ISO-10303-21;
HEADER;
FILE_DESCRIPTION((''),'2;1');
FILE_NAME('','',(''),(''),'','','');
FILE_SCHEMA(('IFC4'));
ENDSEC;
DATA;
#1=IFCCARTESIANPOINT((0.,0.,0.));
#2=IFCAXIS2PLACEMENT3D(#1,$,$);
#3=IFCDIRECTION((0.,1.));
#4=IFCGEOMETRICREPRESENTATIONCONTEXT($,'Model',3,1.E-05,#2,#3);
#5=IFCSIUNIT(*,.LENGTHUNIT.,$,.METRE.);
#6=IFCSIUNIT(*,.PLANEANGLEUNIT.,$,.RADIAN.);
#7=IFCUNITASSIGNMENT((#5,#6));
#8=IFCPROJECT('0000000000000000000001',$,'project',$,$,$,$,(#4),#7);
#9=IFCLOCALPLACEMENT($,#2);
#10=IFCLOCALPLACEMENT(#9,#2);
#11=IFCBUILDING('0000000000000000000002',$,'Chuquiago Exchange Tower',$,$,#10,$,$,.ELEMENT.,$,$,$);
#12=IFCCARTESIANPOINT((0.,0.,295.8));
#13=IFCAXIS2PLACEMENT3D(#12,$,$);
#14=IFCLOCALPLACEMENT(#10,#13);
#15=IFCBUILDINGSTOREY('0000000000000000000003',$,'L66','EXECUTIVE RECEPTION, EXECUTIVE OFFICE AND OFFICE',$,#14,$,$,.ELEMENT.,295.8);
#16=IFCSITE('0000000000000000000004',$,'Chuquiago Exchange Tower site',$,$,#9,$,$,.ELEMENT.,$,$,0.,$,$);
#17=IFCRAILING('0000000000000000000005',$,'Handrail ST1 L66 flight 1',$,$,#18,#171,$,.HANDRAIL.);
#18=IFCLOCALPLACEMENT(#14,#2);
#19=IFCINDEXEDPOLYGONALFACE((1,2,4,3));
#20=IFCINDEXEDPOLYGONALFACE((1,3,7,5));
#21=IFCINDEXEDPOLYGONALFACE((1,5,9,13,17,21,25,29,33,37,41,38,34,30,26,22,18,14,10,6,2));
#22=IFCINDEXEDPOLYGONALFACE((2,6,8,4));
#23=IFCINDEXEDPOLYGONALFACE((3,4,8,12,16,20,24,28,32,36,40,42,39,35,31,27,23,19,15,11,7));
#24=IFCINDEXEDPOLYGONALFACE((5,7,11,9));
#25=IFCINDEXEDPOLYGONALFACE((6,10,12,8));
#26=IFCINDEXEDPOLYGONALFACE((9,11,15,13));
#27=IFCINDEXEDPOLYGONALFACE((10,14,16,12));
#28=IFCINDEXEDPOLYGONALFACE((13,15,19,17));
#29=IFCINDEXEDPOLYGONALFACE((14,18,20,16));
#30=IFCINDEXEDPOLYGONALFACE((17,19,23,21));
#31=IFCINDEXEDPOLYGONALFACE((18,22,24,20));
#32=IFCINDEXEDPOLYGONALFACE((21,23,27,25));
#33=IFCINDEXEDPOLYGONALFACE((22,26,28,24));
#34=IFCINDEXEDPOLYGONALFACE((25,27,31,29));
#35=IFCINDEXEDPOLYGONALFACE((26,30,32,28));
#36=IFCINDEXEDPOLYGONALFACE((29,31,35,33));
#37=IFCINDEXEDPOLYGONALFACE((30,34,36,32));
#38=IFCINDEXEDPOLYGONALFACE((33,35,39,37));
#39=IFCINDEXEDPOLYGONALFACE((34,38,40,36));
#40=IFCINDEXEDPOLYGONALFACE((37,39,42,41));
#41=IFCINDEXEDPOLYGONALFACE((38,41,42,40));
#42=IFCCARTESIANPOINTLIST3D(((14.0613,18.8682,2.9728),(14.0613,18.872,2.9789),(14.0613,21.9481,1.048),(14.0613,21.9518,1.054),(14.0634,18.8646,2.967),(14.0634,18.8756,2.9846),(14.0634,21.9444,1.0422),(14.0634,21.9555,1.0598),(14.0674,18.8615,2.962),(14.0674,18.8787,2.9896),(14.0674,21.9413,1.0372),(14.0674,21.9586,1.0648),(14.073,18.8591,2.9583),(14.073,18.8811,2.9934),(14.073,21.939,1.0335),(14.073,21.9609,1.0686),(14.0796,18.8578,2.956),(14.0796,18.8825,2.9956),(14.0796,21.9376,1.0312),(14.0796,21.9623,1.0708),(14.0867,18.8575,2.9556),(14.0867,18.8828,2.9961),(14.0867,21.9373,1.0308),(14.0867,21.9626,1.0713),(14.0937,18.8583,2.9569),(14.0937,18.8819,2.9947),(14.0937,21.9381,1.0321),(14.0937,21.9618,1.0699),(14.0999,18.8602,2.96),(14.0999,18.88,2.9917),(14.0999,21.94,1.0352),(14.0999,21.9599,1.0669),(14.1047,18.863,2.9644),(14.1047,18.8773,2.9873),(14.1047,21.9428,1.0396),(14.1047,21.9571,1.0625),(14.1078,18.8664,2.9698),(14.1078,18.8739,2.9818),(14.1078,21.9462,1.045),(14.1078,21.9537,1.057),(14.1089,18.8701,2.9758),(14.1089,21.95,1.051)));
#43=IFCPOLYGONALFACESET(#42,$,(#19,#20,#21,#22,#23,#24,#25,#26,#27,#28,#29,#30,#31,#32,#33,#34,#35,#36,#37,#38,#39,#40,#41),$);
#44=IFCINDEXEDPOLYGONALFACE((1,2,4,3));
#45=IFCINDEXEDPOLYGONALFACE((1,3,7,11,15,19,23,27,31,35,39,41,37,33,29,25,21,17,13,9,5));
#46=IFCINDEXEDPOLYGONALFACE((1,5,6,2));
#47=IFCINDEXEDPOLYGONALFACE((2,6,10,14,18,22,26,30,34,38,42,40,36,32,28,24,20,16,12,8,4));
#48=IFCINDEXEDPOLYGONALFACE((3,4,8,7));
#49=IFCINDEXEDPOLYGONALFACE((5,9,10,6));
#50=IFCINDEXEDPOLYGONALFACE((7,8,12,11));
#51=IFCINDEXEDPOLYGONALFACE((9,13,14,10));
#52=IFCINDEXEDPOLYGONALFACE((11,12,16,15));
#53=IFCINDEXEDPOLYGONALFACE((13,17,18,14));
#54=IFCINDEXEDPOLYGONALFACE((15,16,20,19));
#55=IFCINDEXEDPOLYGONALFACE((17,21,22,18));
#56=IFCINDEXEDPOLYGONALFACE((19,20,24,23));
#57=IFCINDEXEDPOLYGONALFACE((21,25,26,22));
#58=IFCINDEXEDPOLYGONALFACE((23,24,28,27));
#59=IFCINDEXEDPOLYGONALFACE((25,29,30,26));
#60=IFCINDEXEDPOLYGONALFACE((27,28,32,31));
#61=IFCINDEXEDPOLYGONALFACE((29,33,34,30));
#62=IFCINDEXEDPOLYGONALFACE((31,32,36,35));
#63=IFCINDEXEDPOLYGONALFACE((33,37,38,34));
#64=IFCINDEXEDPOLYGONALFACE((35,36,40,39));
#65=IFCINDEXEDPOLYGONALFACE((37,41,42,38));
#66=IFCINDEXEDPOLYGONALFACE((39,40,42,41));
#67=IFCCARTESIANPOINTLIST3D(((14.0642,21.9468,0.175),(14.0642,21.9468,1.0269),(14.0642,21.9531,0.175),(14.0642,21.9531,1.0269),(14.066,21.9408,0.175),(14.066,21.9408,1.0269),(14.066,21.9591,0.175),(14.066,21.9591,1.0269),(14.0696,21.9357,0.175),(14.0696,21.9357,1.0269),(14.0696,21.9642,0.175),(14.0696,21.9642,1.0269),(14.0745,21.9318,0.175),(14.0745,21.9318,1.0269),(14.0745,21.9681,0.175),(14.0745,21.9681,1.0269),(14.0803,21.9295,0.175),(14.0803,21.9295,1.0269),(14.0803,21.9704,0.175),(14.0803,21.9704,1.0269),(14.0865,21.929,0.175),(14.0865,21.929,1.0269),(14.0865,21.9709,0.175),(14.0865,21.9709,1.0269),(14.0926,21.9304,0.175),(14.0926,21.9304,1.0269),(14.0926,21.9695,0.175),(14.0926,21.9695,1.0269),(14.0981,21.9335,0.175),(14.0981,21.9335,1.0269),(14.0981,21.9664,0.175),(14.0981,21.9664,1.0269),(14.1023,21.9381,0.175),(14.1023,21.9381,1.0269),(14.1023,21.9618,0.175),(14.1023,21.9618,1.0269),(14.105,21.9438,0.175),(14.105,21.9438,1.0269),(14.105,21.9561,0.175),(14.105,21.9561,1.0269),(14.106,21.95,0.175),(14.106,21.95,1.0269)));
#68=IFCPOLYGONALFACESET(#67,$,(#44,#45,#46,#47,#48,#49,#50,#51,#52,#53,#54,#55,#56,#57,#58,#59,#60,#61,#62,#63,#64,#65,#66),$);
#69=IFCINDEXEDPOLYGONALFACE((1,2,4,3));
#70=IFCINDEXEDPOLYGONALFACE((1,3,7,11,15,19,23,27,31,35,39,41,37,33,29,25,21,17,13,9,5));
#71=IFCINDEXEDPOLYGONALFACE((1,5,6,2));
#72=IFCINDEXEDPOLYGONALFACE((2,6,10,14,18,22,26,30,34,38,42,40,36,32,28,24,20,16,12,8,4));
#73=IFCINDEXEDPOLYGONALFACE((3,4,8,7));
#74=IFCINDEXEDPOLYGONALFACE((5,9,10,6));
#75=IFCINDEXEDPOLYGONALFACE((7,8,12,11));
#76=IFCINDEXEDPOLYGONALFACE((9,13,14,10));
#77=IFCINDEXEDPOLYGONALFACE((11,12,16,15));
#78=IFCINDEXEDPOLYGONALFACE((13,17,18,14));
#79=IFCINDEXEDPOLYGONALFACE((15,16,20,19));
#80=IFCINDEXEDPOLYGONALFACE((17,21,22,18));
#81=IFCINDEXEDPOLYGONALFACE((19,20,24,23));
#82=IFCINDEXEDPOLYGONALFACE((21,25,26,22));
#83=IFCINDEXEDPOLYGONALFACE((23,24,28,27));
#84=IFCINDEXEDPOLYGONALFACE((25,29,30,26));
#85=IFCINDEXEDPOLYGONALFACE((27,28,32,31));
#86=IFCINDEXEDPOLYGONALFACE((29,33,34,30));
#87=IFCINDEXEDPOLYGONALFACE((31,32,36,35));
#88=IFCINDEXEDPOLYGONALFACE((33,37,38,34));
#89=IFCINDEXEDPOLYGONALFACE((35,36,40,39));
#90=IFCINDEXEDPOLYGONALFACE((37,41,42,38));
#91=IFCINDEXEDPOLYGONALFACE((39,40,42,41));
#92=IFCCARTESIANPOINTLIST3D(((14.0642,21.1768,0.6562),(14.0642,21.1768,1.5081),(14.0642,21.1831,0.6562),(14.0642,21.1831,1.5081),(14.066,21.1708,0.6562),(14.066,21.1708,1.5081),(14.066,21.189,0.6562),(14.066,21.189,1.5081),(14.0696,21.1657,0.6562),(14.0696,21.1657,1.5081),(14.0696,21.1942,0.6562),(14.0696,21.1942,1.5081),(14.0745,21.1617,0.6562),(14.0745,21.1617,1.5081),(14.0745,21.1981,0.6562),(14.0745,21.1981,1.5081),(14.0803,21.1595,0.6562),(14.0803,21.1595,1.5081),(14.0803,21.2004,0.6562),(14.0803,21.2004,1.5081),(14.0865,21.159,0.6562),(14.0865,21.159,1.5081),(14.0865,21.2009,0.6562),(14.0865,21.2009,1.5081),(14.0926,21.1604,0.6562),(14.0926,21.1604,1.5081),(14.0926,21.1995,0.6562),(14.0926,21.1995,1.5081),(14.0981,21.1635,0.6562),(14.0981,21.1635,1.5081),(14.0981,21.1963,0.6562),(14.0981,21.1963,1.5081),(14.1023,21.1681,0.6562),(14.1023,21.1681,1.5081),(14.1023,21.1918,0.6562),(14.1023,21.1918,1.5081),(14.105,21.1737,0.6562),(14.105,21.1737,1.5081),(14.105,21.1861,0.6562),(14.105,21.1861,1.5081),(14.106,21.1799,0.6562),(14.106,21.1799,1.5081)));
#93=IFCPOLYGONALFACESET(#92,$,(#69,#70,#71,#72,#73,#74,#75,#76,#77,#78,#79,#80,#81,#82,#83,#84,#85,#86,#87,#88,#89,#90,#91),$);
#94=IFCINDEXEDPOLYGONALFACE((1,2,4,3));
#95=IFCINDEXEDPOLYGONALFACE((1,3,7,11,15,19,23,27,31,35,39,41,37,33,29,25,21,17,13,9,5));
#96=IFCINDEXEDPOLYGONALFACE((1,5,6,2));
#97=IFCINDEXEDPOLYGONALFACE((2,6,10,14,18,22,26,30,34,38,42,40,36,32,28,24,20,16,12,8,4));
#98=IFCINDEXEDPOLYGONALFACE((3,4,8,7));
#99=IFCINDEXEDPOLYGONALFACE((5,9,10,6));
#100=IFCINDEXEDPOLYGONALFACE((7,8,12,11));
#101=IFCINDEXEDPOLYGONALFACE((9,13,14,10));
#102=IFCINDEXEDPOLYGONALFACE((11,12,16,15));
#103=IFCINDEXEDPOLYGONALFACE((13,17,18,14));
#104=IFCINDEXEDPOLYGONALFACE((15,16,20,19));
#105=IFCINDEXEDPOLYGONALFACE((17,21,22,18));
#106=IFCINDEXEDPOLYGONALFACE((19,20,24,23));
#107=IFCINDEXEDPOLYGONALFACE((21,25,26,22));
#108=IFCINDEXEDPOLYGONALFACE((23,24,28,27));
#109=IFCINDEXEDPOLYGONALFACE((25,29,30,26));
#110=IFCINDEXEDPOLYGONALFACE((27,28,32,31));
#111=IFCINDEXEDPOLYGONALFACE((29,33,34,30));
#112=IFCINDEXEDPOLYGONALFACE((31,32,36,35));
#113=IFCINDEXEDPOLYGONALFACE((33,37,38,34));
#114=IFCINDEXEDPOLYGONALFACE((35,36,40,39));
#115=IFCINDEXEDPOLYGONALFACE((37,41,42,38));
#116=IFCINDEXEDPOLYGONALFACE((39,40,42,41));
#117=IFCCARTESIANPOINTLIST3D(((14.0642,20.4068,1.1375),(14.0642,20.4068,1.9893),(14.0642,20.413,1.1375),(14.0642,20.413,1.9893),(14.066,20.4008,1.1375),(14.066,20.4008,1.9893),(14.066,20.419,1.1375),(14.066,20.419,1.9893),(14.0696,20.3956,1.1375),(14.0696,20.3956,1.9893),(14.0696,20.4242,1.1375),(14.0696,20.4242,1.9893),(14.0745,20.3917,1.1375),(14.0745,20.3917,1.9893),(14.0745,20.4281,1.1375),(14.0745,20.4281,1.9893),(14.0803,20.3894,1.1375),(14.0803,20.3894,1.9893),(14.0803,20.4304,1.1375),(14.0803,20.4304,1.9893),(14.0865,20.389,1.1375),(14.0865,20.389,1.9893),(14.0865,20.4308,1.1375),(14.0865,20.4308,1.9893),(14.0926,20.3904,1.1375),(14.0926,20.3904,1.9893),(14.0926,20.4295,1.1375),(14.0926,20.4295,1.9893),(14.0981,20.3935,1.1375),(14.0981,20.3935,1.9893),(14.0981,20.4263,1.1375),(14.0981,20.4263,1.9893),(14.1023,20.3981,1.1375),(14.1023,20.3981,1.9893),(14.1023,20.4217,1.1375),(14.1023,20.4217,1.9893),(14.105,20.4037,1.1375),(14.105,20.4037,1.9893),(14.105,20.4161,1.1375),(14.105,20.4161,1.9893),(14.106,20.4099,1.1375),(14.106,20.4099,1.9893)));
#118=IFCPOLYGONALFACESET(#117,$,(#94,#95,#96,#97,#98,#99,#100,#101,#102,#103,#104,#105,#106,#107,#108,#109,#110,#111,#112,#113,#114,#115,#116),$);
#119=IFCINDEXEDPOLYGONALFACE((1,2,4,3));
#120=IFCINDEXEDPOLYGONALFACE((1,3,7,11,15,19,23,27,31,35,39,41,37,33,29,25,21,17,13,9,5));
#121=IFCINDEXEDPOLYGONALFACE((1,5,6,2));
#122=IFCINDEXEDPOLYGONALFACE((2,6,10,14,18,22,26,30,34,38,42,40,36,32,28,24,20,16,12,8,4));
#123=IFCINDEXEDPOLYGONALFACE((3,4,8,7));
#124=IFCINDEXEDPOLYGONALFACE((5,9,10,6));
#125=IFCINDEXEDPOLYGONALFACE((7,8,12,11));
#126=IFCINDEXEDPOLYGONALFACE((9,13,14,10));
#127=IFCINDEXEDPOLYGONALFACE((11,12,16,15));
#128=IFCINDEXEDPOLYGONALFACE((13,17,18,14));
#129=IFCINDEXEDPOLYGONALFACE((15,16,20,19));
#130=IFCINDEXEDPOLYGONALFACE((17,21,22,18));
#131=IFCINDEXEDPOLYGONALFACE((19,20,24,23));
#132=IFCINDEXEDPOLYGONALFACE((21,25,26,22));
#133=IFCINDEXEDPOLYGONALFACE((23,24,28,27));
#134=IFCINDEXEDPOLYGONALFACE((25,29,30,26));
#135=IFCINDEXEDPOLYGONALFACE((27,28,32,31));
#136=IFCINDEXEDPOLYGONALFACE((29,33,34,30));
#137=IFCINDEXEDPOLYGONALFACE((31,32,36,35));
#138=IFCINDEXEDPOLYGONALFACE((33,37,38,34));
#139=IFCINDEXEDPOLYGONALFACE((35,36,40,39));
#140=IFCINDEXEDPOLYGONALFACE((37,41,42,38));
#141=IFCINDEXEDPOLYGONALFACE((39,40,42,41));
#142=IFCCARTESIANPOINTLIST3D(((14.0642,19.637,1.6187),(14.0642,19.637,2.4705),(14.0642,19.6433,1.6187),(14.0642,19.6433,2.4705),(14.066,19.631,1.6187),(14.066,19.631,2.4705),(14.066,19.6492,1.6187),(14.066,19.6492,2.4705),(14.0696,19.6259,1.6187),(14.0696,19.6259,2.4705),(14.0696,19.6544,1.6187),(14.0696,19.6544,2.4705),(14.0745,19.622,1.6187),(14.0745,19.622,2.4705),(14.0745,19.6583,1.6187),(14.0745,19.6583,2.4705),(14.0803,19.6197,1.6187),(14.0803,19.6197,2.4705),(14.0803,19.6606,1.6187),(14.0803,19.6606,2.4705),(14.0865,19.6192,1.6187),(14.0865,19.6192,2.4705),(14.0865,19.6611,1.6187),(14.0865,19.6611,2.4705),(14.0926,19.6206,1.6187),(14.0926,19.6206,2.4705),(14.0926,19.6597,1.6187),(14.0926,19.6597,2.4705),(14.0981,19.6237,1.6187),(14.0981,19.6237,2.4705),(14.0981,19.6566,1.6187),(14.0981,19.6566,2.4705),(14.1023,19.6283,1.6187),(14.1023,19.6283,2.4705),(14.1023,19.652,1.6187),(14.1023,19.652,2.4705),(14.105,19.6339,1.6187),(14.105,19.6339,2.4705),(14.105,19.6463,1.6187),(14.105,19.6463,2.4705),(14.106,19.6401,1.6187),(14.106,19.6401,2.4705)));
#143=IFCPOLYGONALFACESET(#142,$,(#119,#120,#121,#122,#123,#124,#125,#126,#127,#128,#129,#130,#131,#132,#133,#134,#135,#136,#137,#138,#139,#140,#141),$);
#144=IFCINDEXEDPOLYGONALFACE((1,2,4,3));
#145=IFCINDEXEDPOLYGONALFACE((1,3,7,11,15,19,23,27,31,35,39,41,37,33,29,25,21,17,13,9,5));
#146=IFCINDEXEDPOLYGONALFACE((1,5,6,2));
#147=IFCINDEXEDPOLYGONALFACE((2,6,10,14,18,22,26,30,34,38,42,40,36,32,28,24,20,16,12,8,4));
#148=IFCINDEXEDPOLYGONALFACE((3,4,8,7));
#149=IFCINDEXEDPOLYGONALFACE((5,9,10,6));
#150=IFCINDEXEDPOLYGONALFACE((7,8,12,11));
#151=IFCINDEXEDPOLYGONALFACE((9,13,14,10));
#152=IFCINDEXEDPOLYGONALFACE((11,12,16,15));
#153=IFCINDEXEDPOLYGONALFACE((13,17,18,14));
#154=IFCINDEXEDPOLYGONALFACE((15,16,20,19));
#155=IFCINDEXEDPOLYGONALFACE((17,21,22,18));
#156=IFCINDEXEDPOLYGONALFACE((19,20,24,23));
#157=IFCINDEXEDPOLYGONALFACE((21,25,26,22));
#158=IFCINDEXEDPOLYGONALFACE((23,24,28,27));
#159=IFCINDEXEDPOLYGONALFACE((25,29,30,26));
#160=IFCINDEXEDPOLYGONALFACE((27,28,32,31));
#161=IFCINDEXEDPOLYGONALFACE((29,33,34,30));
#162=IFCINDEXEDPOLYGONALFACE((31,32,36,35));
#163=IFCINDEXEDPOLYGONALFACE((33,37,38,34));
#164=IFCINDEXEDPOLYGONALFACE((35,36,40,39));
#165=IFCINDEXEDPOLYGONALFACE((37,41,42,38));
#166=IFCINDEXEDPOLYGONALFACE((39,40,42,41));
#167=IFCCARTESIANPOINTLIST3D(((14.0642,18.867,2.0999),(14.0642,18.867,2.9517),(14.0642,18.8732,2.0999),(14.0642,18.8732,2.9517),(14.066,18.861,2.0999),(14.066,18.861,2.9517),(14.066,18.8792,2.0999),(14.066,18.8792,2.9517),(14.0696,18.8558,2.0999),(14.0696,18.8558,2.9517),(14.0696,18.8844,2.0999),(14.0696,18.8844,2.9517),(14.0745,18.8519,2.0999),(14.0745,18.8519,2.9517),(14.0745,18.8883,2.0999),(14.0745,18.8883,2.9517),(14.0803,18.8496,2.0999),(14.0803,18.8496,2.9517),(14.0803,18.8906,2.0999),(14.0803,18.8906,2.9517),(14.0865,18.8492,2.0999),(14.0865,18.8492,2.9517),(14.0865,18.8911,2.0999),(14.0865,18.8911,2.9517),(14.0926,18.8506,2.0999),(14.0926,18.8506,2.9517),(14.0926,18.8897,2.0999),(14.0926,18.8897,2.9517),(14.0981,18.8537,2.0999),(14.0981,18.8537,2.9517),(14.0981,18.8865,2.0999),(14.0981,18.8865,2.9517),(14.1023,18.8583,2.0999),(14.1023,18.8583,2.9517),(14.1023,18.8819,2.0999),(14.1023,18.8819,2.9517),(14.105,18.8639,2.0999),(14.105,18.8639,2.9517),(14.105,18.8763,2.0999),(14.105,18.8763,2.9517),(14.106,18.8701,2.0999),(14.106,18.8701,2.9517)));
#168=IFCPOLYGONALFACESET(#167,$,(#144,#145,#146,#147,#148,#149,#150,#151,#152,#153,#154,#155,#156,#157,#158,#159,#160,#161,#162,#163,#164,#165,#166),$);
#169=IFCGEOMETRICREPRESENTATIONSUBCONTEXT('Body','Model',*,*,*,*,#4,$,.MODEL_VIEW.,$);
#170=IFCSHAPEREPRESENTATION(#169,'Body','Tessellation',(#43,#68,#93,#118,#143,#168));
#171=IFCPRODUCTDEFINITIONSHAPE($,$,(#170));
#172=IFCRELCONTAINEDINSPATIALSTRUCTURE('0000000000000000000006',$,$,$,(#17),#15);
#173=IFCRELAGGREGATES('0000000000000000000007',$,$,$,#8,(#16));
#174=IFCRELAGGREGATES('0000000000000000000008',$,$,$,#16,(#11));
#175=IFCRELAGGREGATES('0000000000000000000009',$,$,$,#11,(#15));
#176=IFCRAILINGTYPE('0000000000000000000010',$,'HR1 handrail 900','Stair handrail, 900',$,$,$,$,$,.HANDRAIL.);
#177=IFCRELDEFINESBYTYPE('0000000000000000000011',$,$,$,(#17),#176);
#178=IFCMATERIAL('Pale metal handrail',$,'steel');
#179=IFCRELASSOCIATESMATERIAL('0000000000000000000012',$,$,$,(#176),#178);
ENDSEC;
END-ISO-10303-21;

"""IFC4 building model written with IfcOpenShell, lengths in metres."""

from ifc_helpers import new_model, si_unit, direction, frame, origin, origin_2d, place, context, subcontext, project, spatial, circle, extrude, material, type_object, element, save


model = new_model("IFC4")

# Units and contexts
model_context = context("Model", 3, precision=1e-05, world=origin(), true_north=direction((0.0, 1.0)))
body_context = subcontext(model_context, "Body", "Model", "MODEL_VIEW")
ifc_project = project(units=[si_unit("LENGTHUNIT", "METRE"), si_unit("PLANEANGLEUNIT", "RADIAN")], contexts=[model_context])

# Site, building, storey
site_placement = place(None, origin())
site = spatial("IfcSite", under=ifc_project, at=site_placement, Name="Chuquiago Exchange Tower site", CompositionType="ELEMENT", RefElevation=0.0)
building_placement = place(site_placement, origin())
building = spatial("IfcBuilding", under=site, at=building_placement, Name="Chuquiago Exchange Tower", CompositionType="ELEMENT")
storey_placement = place(building_placement, frame((0.0, 0.0, 295.8)))
storey = spatial("IfcBuildingStorey", under=building, at=storey_placement, Name="L66", Description="EXECUTIVE RECEPTION, EXECUTIVE OFFICE AND OFFICE", CompositionType="ELEMENT", Elevation=295.8)

# Railing
ifc_material_1 = material(Name="Pale metal handrail", Category="steel")
railing_type_1 = type_object("IfcRailingType", Name="HR1 handrail 900", Description="Stair handrail, 900", PredefinedType="HANDRAIL", material=ifc_material_1)
for number, where, name in (
    (1, (14.085, 21.95, 0.175), "Handrail ST1 L66 flight 1"),
):
    element("IfcRailing", number, at=place(storey_placement, frame(where)), inside=storey, type_object=railing_type_1, Name=name, PredefinedType="HANDRAIL", context=body_context, shape_type="SweptSolid", body=[
        extrude(circle(Radius=0.0239, at=origin_2d()), frame((0.0, 0.0, 0.876), z_axis=(0.0, -0.84801, 0.529981), x_axis=(1.0, 0.0, 0.0)), (0.0, 0.0, 1.0), 3.6318),
        extrude(circle(Radius=0.021, at=origin_2d()), origin(), (0.0, 0.0, 1.0), 0.8518),
        extrude(circle(Radius=0.021, at=origin_2d()), frame((0.0, -0.77, 0.4812)), (0.0, 0.0, 1.0), 0.8518),
        extrude(circle(Radius=0.021, at=origin_2d()), frame((0.0, -1.54, 0.9624)), (0.0, 0.0, 1.0), 0.8518),
        extrude(circle(Radius=0.021, at=origin_2d()), frame((0.0, -2.3098, 1.4436)), (0.0, 0.0, 1.0), 0.8518),
        extrude(circle(Radius=0.021, at=origin_2d()), frame((0.0, -3.0798, 1.9248)), (0.0, 0.0, 1.0), 0.8518),
    ])

save(model, "model.ifc")
